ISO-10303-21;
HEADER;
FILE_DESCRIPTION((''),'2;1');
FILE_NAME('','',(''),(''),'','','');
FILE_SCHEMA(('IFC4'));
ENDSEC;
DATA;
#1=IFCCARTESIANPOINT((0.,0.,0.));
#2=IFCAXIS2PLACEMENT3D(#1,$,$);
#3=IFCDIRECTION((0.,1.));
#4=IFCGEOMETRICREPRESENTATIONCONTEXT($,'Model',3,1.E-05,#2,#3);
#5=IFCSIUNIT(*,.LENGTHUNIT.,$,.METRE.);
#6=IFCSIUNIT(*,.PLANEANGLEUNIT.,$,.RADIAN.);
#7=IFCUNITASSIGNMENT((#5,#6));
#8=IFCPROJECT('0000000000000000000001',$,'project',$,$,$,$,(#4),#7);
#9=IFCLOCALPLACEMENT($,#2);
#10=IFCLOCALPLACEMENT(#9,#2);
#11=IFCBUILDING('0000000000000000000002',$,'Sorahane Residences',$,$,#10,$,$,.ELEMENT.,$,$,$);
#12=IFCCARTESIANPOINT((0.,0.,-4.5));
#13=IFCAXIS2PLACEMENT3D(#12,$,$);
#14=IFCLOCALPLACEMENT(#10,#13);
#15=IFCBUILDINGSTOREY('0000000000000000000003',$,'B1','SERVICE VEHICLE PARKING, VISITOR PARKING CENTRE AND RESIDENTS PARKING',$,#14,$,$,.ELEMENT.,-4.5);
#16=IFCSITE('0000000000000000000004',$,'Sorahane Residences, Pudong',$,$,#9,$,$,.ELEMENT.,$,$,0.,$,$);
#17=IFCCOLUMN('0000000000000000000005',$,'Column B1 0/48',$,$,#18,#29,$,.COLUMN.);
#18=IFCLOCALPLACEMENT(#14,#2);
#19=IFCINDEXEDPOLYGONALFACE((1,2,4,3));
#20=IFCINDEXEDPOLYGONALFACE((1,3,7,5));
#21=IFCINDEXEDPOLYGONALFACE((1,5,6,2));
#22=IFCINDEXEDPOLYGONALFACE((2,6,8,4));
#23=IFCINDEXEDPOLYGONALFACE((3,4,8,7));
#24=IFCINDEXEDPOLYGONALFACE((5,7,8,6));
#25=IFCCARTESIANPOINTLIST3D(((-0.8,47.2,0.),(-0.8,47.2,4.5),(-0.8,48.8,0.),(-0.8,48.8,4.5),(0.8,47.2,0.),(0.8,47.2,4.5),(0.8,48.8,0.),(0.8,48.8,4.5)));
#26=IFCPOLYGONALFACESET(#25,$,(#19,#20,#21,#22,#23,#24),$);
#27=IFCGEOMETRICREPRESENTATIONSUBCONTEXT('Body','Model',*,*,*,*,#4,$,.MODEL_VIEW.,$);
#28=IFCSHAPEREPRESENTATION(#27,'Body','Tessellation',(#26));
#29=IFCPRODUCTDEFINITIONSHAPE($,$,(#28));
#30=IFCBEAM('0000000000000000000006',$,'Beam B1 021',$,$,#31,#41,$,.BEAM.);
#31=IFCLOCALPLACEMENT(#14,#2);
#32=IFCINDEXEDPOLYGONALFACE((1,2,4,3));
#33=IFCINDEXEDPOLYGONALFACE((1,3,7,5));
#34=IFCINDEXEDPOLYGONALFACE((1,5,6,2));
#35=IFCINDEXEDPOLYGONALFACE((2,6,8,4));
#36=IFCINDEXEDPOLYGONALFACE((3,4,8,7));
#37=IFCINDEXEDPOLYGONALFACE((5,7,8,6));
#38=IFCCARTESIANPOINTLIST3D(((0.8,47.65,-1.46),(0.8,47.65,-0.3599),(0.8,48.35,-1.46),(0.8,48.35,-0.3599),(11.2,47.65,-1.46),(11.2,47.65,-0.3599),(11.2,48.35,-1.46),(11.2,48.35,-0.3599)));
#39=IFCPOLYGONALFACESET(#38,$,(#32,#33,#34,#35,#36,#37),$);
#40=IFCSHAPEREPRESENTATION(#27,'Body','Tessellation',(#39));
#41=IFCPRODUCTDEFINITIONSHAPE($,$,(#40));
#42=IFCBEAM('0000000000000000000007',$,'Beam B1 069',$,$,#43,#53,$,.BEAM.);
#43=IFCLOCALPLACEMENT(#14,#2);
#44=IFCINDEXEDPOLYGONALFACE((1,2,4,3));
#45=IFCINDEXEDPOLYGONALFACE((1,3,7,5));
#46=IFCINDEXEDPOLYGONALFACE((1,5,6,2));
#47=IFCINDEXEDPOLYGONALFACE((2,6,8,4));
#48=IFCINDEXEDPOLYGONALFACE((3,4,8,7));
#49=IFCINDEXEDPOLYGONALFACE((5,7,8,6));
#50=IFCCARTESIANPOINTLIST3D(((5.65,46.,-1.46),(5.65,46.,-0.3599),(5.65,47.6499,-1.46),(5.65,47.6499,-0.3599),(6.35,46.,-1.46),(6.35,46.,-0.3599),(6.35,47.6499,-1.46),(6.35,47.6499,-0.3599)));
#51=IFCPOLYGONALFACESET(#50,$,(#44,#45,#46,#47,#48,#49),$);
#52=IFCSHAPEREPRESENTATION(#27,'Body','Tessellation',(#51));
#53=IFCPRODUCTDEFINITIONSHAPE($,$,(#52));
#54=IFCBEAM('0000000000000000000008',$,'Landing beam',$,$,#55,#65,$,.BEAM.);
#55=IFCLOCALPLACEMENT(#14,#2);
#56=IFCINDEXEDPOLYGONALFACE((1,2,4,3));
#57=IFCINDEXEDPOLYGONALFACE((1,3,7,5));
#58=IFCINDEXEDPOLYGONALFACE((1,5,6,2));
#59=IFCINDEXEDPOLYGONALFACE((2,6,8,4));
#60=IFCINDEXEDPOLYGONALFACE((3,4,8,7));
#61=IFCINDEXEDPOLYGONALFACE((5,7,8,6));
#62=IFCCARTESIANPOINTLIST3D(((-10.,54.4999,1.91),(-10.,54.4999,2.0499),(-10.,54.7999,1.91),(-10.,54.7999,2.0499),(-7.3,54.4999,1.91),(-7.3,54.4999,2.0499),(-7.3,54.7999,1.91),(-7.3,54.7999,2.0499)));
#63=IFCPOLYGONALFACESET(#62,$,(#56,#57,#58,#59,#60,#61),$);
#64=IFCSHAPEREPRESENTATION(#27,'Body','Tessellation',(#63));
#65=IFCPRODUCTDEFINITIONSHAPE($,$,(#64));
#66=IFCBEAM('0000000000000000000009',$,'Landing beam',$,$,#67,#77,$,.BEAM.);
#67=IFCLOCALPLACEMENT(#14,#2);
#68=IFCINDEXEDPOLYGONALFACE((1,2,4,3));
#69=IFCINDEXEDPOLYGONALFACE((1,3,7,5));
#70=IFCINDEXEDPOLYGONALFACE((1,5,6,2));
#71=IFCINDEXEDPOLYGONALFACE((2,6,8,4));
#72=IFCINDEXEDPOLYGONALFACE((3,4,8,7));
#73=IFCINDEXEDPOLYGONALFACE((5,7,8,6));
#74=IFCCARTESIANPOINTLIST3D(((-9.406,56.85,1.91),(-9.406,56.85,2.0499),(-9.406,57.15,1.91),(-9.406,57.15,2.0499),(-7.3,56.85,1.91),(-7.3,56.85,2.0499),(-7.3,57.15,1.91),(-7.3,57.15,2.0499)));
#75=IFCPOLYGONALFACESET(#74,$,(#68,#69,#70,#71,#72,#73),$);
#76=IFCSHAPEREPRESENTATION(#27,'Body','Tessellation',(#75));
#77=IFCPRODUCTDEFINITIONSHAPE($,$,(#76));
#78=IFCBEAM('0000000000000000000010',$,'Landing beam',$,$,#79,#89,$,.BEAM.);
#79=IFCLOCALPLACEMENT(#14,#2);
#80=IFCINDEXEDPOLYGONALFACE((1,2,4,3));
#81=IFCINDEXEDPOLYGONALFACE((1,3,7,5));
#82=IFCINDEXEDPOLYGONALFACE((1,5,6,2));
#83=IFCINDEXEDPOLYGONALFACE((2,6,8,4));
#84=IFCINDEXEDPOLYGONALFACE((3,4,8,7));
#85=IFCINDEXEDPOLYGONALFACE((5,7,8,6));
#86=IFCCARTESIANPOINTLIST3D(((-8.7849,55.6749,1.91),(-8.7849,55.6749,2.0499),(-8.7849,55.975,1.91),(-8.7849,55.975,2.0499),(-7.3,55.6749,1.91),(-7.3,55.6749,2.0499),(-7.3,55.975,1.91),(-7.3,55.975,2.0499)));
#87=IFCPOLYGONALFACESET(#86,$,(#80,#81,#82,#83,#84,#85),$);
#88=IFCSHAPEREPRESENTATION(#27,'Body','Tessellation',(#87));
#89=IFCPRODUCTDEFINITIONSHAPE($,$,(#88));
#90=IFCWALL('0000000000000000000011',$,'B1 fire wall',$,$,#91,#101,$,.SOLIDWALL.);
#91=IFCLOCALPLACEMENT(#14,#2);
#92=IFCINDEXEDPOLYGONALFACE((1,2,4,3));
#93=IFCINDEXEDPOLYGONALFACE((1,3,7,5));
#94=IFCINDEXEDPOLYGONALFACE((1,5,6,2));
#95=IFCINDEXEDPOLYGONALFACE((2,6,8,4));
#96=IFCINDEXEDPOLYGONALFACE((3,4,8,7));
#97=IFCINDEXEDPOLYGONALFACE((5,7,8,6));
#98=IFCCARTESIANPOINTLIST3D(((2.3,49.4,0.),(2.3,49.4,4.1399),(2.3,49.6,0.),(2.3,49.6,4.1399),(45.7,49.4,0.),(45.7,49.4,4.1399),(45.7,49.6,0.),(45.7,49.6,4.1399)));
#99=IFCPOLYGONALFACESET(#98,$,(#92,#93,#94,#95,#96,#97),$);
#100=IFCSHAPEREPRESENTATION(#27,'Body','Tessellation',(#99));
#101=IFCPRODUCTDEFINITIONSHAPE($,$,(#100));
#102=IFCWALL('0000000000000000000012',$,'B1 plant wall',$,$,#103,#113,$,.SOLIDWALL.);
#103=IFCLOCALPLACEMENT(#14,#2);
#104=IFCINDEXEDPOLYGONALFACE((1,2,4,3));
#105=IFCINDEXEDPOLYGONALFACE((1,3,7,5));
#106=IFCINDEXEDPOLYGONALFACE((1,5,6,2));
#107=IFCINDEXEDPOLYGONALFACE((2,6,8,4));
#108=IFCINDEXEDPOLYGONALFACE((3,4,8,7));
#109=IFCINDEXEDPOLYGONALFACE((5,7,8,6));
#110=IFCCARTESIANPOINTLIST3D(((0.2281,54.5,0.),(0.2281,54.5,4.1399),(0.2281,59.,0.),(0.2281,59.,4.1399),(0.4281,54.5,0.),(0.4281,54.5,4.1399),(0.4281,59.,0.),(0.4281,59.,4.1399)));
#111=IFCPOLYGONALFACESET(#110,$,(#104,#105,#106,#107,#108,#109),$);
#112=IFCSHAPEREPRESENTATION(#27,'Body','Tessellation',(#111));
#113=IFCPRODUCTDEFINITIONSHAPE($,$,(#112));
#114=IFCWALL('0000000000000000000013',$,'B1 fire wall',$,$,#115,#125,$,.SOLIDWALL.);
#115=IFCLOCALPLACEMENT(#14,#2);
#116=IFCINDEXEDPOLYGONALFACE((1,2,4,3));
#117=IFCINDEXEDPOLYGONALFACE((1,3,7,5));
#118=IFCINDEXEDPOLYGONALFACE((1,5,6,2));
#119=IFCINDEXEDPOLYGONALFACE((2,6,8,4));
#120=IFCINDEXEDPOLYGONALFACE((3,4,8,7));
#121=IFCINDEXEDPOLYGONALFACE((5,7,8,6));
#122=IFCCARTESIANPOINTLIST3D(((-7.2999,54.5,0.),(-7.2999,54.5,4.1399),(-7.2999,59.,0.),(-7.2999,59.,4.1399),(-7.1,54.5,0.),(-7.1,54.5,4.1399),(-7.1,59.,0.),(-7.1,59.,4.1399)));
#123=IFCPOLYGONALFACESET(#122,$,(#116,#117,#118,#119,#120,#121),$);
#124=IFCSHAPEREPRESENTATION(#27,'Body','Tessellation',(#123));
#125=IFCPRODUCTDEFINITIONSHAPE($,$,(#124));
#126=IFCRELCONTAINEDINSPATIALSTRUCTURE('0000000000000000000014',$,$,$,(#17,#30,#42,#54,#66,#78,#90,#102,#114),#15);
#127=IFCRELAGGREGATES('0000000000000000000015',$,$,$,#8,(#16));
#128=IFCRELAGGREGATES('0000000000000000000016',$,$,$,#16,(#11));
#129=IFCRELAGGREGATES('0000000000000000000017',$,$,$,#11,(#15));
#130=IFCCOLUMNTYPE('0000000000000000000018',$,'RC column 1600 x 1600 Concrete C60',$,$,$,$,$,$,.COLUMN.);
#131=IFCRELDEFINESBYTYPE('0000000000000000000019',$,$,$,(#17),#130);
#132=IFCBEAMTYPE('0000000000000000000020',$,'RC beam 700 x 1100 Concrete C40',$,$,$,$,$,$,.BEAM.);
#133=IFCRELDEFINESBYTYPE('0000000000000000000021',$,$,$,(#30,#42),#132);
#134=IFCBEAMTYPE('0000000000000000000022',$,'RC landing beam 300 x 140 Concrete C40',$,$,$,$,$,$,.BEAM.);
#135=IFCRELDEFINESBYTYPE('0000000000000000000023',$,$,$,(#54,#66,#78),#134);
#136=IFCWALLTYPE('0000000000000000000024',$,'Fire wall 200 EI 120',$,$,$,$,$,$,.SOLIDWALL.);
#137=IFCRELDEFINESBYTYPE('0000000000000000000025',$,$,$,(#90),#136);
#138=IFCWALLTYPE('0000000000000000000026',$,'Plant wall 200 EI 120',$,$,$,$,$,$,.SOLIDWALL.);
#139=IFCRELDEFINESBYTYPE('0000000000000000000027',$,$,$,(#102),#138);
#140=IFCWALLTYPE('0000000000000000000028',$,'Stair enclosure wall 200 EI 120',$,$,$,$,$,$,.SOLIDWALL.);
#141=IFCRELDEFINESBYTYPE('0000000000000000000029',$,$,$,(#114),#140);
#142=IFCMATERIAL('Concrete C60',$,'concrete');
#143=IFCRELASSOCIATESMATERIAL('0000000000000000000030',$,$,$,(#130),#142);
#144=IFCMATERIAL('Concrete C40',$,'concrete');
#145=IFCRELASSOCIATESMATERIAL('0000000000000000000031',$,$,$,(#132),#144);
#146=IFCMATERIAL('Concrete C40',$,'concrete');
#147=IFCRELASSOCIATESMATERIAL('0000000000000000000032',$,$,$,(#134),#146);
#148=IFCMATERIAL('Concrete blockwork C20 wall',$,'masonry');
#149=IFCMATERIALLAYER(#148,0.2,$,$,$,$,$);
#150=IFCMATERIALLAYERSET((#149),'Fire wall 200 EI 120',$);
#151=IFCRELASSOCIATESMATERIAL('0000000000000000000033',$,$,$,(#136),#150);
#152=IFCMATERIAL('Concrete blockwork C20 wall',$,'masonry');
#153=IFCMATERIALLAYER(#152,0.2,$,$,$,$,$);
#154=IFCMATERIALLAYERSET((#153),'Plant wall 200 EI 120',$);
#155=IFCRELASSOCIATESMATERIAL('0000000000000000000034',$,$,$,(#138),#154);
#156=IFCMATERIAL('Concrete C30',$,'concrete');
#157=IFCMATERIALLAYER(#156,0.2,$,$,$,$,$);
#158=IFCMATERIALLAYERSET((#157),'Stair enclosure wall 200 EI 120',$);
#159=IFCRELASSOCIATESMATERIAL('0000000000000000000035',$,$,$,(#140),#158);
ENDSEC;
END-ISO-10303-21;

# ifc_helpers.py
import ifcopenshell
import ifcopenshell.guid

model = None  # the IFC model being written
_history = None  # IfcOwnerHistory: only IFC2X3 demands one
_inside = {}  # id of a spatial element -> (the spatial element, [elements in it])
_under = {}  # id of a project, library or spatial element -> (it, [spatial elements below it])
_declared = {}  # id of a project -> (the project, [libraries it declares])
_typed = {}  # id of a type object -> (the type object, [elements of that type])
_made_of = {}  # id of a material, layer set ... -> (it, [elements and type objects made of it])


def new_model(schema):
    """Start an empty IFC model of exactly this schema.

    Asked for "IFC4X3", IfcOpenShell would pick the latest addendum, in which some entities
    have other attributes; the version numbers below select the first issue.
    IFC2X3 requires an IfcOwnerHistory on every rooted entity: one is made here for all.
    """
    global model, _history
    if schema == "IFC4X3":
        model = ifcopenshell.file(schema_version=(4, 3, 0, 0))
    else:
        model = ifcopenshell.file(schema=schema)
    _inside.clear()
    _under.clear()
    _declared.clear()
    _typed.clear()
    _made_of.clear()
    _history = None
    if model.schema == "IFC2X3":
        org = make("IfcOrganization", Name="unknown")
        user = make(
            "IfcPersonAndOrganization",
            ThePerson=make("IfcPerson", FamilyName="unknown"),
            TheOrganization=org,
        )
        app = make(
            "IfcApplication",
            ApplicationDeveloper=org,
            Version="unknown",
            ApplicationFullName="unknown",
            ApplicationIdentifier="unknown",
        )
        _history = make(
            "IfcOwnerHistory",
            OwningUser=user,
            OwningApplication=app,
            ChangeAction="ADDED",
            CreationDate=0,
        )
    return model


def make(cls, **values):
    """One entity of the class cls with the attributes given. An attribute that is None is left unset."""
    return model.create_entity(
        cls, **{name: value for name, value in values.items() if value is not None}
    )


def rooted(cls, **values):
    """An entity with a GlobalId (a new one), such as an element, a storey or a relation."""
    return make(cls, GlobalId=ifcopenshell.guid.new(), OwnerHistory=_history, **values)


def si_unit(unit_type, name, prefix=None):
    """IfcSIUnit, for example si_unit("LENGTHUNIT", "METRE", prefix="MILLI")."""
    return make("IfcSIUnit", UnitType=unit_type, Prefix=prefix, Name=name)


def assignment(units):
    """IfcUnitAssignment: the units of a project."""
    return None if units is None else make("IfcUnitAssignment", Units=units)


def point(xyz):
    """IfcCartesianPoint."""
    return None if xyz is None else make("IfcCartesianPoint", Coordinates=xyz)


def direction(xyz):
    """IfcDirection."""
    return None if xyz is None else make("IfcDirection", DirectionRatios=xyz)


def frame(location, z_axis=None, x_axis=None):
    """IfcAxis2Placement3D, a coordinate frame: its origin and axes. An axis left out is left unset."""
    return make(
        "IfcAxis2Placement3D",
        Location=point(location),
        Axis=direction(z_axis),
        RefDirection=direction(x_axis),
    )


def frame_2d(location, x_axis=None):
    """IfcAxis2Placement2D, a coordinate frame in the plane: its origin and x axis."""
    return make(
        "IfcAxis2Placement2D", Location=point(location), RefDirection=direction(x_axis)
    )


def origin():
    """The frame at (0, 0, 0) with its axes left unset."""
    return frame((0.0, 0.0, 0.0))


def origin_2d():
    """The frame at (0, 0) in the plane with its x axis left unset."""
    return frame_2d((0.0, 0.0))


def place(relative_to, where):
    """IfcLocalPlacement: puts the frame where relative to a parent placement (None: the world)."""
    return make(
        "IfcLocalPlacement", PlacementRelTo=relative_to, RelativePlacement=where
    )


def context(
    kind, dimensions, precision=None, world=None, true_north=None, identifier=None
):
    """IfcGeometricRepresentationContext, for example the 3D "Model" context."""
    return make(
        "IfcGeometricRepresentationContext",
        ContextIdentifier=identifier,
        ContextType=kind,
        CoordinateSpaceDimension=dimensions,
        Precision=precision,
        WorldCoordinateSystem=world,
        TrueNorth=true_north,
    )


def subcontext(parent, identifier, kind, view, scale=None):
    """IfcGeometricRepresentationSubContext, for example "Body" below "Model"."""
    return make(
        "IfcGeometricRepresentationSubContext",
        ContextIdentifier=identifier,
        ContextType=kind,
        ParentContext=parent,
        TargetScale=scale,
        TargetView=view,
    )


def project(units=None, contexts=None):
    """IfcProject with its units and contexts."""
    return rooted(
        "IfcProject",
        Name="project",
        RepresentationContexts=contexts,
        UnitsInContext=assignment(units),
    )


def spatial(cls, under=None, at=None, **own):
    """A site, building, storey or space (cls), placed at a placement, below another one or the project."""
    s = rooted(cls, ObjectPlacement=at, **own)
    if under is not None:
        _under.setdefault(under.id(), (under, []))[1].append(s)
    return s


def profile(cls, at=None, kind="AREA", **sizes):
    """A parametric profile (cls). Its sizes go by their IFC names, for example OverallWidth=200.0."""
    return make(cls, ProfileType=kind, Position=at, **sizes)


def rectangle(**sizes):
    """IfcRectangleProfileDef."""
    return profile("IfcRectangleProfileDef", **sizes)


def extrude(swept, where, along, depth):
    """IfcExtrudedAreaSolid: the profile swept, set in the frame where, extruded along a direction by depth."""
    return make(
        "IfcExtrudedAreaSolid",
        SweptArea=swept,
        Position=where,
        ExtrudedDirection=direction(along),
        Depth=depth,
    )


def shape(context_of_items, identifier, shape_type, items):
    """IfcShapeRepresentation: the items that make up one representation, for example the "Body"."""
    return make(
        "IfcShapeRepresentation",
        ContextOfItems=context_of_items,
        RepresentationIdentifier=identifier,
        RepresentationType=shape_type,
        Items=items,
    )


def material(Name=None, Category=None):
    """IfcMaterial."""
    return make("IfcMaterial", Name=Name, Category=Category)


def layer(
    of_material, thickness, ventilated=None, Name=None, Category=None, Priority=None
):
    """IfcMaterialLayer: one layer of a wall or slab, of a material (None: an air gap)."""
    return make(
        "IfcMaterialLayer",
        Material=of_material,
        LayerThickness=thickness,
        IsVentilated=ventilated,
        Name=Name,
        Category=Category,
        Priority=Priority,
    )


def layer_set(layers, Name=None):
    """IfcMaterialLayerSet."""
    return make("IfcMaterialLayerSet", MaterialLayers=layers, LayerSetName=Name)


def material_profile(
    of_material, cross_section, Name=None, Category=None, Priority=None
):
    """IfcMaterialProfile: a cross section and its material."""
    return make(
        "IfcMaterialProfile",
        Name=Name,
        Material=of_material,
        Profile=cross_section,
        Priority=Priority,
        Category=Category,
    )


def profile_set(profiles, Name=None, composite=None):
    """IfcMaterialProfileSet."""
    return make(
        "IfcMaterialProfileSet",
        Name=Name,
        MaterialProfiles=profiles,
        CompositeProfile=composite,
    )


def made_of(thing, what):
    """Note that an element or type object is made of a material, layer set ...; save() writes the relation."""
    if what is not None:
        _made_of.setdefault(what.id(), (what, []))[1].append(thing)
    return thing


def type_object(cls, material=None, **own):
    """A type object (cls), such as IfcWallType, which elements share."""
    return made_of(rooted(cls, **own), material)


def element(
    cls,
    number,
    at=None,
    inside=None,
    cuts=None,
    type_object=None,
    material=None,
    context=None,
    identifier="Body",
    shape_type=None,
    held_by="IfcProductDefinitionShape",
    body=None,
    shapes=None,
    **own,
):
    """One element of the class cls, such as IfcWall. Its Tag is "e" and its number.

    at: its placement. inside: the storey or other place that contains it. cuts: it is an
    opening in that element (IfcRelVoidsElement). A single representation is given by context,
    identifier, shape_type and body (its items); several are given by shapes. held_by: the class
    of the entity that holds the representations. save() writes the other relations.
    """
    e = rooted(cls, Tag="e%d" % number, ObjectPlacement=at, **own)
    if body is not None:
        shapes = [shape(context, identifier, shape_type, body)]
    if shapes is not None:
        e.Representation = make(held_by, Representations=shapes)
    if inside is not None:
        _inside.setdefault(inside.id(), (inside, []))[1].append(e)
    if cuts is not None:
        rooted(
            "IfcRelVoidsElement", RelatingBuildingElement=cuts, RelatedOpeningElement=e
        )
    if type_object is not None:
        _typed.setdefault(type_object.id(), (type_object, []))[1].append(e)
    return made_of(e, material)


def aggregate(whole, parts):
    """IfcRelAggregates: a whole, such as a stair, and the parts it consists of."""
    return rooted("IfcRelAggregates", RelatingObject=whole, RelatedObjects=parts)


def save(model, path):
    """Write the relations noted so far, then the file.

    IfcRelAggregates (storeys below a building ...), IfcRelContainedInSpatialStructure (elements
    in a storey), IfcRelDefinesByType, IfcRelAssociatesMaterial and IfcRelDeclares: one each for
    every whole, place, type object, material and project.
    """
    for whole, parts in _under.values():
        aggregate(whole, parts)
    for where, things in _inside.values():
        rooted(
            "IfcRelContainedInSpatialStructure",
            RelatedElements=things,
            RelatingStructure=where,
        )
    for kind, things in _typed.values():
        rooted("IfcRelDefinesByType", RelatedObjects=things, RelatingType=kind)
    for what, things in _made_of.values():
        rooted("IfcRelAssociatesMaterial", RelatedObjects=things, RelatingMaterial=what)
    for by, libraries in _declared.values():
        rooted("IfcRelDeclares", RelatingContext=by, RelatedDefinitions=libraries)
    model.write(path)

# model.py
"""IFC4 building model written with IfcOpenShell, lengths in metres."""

from ifc_helpers import new_model, si_unit, direction, frame, frame_2d, origin, origin_2d, place, context, subcontext, project, spatial, rectangle, extrude, material, layer, layer_set, material_profile, profile_set, type_object, element, save


model = new_model("IFC4")

# Units and contexts
model_context = context("Model", 3, precision=1e-05, world=origin(), true_north=direction((0.0, 1.0)))
body_context = subcontext(model_context, "Body", "Model", "MODEL_VIEW")
ifc_project = project(units=[si_unit("LENGTHUNIT", "METRE"), si_unit("PLANEANGLEUNIT", "RADIAN")], contexts=[model_context])

# Site, building, storey
site_placement = place(None, origin())
site = spatial("IfcSite", under=ifc_project, at=site_placement, Name="Sorahane Residences, Pudong", CompositionType="ELEMENT", RefElevation=0.0)
building_placement = place(site_placement, origin())
building = spatial("IfcBuilding", under=site, at=building_placement, Name="Sorahane Residences", CompositionType="ELEMENT")
storey_placement = place(building_placement, frame((0.0, 0.0, -4.5)))
storey = spatial("IfcBuildingStorey", under=building, at=storey_placement, Name="B1", Description="SERVICE VEHICLE PARKING, VISITOR PARKING CENTRE AND RESIDENTS PARKING", CompositionType="ELEMENT", Elevation=-4.5)

# Column
ifc_material_1 = material(Name="Concrete C60", Category="concrete")
ifc_material_profile_1 = material_profile(ifc_material_1, rectangle(XDim=1.6001, YDim=1.6001, at=origin_2d()), Name="1600x1600")
ifc_profile_set_1 = profile_set([ifc_material_profile_1], Name="Concrete C60")
column_type = type_object("IfcColumnType", Name="RC column 1600 x 1600 Concrete C60", PredefinedType="COLUMN", material=ifc_profile_set_1)
column_placement = place(storey_placement, frame((0.0, 48.0, 0.0), z_axis=(0.0, 0.0, 1.0), x_axis=(1.0, 0.0, 0.0)))
element("IfcColumn", 1, at=column_placement, inside=storey, type_object=column_type, Name="Column B1 0/48", PredefinedType="COLUMN", context=body_context, shape_type="SweptSolid", body=[
    extrude(rectangle(XDim=1.6001, YDim=1.6001, at=origin_2d()), origin(), (0.0, 0.0, 1.0), 4.5),
])

# Beams
ifc_material_2 = material(Name="Concrete C40", Category="concrete")
ifc_material_profile_2 = material_profile(ifc_material_2, rectangle(XDim=0.7, YDim=1.1001, at=origin_2d()), Name="700x1100")
ifc_profile_set_2 = profile_set([ifc_material_profile_2], Name="Concrete C40")
beam_type_1 = type_object("IfcBeamType", Name="RC beam 700 x 1100 Concrete C40", PredefinedType="BEAM", material=ifc_profile_set_2)
beam_1_placement = place(storey_placement, frame((0.8, 48.0, -0.9099), z_axis=(1.0, 0.0, 0.0), x_axis=(0.0, 1.0, 0.0)))
element("IfcBeam", 2, at=beam_1_placement, inside=storey, type_object=beam_type_1, Name="Beam B1 021", PredefinedType="BEAM", context=body_context, shape_type="SweptSolid", body=[
    extrude(rectangle(XDim=0.7, YDim=1.1001, at=origin_2d()), origin(), (0.0, 0.0, 1.0), 10.3999),
])
beam_2_placement = place(storey_placement, frame((6.0, 46.0, -0.9099), z_axis=(0.0, 1.0, 0.0), x_axis=(-1.0, 0.0, 0.0)))
element("IfcBeam", 3, at=beam_2_placement, inside=storey, type_object=beam_type_1, Name="Beam B1 069", PredefinedType="BEAM", context=body_context, shape_type="SweptSolid", body=[
    extrude(rectangle(XDim=0.7, YDim=1.1001, at=origin_2d()), origin(), (0.0, 0.0, 1.0), 1.6499),
])
ifc_material_3 = material(Name="Concrete C40", Category="concrete")
ifc_material_profile_3 = material_profile(ifc_material_3, rectangle(XDim=0.3, YDim=0.1399, at=origin_2d()), Name="300x140")
ifc_profile_set_3 = profile_set([ifc_material_profile_3], Name="Concrete C40")
beam_type_2 = type_object("IfcBeamType", Name="RC landing beam 300 x 140 Concrete C40", PredefinedType="BEAM", material=ifc_profile_set_3)
beam_3_placement = place(storey_placement, frame((-7.3, 54.6499, 1.98), z_axis=(-1.0, 0.0, 0.0), x_axis=(0.0, -1.0, 0.0)))
element("IfcBeam", 4, at=beam_3_placement, inside=storey, type_object=beam_type_2, Name="Landing beam", PredefinedType="BEAM", context=body_context, shape_type="SweptSolid", body=[
    extrude(rectangle(XDim=0.3, YDim=0.1399, at=origin_2d()), origin(), (0.0, 0.0, 1.0), 2.7),
])
beam_4_placement = place(storey_placement, frame((-7.3, 57.0, 1.98), z_axis=(-1.0, 0.0, 0.0), x_axis=(0.0, -1.0, 0.0)))
element("IfcBeam", 5, at=beam_4_placement, inside=storey, type_object=beam_type_2, Name="Landing beam", PredefinedType="BEAM", context=body_context, shape_type="SweptSolid", body=[
    extrude(rectangle(XDim=0.3, YDim=0.1399, at=origin_2d()), origin(), (0.0, 0.0, 1.0), 2.106),
])
beam_5_placement = place(storey_placement, frame((-7.3, 55.825, 1.98), z_axis=(-1.0, 0.0, 0.0), x_axis=(0.0, -1.0, 0.0)))
element("IfcBeam", 6, at=beam_5_placement, inside=storey, type_object=beam_type_2, Name="Landing beam", PredefinedType="BEAM", context=body_context, shape_type="SweptSolid", body=[
    extrude(rectangle(XDim=0.3, YDim=0.1399, at=origin_2d()), origin(), (0.0, 0.0, 1.0), 1.4849),
])

# Walls
ifc_material_4 = material(Name="Concrete blockwork C20 wall", Category="masonry")
ifc_layer_1 = layer(ifc_material_4, 0.2)
ifc_layer_set_1 = layer_set([ifc_layer_1], Name="Fire wall 200 EI 120")
wall_type_1 = type_object("IfcWallType", Name="Fire wall 200 EI 120", PredefinedType="SOLIDWALL", material=ifc_layer_set_1)
wall_1_placement = place(storey_placement, frame((2.3, 49.5, 0.0), z_axis=(0.0, 0.0, 1.0), x_axis=(1.0, 0.0, 0.0)))
element("IfcWall", 7, at=wall_1_placement, inside=storey, type_object=wall_type_1, Name="B1 fire wall", PredefinedType="SOLIDWALL", context=body_context, shape_type="SweptSolid", body=[
    extrude(rectangle(XDim=43.3999, YDim=0.2, at=frame_2d((21.7, 0.0))), origin(), (0.0, 0.0, 1.0), 4.1399),
])
ifc_material_5 = material(Name="Concrete blockwork C20 wall", Category="masonry")
ifc_layer_2 = layer(ifc_material_5, 0.2)
ifc_layer_set_2 = layer_set([ifc_layer_2], Name="Plant wall 200 EI 120")
wall_type_2 = type_object("IfcWallType", Name="Plant wall 200 EI 120", PredefinedType="SOLIDWALL", material=ifc_layer_set_2)
wall_2_placement = place(storey_placement, frame((0.3281, 54.5, 0.0), z_axis=(0.0, 0.0, 1.0), x_axis=(0.0, 1.0, 0.0)))
element("IfcWall", 8, at=wall_2_placement, inside=storey, type_object=wall_type_2, Name="B1 plant wall", PredefinedType="SOLIDWALL", context=body_context, shape_type="SweptSolid", body=[
    extrude(rectangle(XDim=4.5, YDim=0.2, at=frame_2d((2.25, 0.0))), origin(), (0.0, 0.0, 1.0), 4.1399),
])
ifc_material_6 = material(Name="Concrete C30", Category="concrete")
ifc_layer_3 = layer(ifc_material_6, 0.2)
ifc_layer_set_3 = layer_set([ifc_layer_3], Name="Stair enclosure wall 200 EI 120")
wall_type_3 = type_object("IfcWallType", Name="Stair enclosure wall 200 EI 120", PredefinedType="SOLIDWALL", material=ifc_layer_set_3)
wall_3_placement = place(storey_placement, frame((-7.2, 54.5, 0.0), z_axis=(0.0, 0.0, 1.0), x_axis=(0.0, 1.0, 0.0)))
element("IfcWall", 9, at=wall_3_placement, inside=storey, type_object=wall_type_3, Name="B1 fire wall", PredefinedType="SOLIDWALL", context=body_context, shape_type="SweptSolid", body=[
    extrude(rectangle(XDim=4.5, YDim=0.2, at=frame_2d((2.25, 0.0))), origin(), (0.0, 0.0, 1.0), 4.1399),
])

save(model, "model.ifc")
